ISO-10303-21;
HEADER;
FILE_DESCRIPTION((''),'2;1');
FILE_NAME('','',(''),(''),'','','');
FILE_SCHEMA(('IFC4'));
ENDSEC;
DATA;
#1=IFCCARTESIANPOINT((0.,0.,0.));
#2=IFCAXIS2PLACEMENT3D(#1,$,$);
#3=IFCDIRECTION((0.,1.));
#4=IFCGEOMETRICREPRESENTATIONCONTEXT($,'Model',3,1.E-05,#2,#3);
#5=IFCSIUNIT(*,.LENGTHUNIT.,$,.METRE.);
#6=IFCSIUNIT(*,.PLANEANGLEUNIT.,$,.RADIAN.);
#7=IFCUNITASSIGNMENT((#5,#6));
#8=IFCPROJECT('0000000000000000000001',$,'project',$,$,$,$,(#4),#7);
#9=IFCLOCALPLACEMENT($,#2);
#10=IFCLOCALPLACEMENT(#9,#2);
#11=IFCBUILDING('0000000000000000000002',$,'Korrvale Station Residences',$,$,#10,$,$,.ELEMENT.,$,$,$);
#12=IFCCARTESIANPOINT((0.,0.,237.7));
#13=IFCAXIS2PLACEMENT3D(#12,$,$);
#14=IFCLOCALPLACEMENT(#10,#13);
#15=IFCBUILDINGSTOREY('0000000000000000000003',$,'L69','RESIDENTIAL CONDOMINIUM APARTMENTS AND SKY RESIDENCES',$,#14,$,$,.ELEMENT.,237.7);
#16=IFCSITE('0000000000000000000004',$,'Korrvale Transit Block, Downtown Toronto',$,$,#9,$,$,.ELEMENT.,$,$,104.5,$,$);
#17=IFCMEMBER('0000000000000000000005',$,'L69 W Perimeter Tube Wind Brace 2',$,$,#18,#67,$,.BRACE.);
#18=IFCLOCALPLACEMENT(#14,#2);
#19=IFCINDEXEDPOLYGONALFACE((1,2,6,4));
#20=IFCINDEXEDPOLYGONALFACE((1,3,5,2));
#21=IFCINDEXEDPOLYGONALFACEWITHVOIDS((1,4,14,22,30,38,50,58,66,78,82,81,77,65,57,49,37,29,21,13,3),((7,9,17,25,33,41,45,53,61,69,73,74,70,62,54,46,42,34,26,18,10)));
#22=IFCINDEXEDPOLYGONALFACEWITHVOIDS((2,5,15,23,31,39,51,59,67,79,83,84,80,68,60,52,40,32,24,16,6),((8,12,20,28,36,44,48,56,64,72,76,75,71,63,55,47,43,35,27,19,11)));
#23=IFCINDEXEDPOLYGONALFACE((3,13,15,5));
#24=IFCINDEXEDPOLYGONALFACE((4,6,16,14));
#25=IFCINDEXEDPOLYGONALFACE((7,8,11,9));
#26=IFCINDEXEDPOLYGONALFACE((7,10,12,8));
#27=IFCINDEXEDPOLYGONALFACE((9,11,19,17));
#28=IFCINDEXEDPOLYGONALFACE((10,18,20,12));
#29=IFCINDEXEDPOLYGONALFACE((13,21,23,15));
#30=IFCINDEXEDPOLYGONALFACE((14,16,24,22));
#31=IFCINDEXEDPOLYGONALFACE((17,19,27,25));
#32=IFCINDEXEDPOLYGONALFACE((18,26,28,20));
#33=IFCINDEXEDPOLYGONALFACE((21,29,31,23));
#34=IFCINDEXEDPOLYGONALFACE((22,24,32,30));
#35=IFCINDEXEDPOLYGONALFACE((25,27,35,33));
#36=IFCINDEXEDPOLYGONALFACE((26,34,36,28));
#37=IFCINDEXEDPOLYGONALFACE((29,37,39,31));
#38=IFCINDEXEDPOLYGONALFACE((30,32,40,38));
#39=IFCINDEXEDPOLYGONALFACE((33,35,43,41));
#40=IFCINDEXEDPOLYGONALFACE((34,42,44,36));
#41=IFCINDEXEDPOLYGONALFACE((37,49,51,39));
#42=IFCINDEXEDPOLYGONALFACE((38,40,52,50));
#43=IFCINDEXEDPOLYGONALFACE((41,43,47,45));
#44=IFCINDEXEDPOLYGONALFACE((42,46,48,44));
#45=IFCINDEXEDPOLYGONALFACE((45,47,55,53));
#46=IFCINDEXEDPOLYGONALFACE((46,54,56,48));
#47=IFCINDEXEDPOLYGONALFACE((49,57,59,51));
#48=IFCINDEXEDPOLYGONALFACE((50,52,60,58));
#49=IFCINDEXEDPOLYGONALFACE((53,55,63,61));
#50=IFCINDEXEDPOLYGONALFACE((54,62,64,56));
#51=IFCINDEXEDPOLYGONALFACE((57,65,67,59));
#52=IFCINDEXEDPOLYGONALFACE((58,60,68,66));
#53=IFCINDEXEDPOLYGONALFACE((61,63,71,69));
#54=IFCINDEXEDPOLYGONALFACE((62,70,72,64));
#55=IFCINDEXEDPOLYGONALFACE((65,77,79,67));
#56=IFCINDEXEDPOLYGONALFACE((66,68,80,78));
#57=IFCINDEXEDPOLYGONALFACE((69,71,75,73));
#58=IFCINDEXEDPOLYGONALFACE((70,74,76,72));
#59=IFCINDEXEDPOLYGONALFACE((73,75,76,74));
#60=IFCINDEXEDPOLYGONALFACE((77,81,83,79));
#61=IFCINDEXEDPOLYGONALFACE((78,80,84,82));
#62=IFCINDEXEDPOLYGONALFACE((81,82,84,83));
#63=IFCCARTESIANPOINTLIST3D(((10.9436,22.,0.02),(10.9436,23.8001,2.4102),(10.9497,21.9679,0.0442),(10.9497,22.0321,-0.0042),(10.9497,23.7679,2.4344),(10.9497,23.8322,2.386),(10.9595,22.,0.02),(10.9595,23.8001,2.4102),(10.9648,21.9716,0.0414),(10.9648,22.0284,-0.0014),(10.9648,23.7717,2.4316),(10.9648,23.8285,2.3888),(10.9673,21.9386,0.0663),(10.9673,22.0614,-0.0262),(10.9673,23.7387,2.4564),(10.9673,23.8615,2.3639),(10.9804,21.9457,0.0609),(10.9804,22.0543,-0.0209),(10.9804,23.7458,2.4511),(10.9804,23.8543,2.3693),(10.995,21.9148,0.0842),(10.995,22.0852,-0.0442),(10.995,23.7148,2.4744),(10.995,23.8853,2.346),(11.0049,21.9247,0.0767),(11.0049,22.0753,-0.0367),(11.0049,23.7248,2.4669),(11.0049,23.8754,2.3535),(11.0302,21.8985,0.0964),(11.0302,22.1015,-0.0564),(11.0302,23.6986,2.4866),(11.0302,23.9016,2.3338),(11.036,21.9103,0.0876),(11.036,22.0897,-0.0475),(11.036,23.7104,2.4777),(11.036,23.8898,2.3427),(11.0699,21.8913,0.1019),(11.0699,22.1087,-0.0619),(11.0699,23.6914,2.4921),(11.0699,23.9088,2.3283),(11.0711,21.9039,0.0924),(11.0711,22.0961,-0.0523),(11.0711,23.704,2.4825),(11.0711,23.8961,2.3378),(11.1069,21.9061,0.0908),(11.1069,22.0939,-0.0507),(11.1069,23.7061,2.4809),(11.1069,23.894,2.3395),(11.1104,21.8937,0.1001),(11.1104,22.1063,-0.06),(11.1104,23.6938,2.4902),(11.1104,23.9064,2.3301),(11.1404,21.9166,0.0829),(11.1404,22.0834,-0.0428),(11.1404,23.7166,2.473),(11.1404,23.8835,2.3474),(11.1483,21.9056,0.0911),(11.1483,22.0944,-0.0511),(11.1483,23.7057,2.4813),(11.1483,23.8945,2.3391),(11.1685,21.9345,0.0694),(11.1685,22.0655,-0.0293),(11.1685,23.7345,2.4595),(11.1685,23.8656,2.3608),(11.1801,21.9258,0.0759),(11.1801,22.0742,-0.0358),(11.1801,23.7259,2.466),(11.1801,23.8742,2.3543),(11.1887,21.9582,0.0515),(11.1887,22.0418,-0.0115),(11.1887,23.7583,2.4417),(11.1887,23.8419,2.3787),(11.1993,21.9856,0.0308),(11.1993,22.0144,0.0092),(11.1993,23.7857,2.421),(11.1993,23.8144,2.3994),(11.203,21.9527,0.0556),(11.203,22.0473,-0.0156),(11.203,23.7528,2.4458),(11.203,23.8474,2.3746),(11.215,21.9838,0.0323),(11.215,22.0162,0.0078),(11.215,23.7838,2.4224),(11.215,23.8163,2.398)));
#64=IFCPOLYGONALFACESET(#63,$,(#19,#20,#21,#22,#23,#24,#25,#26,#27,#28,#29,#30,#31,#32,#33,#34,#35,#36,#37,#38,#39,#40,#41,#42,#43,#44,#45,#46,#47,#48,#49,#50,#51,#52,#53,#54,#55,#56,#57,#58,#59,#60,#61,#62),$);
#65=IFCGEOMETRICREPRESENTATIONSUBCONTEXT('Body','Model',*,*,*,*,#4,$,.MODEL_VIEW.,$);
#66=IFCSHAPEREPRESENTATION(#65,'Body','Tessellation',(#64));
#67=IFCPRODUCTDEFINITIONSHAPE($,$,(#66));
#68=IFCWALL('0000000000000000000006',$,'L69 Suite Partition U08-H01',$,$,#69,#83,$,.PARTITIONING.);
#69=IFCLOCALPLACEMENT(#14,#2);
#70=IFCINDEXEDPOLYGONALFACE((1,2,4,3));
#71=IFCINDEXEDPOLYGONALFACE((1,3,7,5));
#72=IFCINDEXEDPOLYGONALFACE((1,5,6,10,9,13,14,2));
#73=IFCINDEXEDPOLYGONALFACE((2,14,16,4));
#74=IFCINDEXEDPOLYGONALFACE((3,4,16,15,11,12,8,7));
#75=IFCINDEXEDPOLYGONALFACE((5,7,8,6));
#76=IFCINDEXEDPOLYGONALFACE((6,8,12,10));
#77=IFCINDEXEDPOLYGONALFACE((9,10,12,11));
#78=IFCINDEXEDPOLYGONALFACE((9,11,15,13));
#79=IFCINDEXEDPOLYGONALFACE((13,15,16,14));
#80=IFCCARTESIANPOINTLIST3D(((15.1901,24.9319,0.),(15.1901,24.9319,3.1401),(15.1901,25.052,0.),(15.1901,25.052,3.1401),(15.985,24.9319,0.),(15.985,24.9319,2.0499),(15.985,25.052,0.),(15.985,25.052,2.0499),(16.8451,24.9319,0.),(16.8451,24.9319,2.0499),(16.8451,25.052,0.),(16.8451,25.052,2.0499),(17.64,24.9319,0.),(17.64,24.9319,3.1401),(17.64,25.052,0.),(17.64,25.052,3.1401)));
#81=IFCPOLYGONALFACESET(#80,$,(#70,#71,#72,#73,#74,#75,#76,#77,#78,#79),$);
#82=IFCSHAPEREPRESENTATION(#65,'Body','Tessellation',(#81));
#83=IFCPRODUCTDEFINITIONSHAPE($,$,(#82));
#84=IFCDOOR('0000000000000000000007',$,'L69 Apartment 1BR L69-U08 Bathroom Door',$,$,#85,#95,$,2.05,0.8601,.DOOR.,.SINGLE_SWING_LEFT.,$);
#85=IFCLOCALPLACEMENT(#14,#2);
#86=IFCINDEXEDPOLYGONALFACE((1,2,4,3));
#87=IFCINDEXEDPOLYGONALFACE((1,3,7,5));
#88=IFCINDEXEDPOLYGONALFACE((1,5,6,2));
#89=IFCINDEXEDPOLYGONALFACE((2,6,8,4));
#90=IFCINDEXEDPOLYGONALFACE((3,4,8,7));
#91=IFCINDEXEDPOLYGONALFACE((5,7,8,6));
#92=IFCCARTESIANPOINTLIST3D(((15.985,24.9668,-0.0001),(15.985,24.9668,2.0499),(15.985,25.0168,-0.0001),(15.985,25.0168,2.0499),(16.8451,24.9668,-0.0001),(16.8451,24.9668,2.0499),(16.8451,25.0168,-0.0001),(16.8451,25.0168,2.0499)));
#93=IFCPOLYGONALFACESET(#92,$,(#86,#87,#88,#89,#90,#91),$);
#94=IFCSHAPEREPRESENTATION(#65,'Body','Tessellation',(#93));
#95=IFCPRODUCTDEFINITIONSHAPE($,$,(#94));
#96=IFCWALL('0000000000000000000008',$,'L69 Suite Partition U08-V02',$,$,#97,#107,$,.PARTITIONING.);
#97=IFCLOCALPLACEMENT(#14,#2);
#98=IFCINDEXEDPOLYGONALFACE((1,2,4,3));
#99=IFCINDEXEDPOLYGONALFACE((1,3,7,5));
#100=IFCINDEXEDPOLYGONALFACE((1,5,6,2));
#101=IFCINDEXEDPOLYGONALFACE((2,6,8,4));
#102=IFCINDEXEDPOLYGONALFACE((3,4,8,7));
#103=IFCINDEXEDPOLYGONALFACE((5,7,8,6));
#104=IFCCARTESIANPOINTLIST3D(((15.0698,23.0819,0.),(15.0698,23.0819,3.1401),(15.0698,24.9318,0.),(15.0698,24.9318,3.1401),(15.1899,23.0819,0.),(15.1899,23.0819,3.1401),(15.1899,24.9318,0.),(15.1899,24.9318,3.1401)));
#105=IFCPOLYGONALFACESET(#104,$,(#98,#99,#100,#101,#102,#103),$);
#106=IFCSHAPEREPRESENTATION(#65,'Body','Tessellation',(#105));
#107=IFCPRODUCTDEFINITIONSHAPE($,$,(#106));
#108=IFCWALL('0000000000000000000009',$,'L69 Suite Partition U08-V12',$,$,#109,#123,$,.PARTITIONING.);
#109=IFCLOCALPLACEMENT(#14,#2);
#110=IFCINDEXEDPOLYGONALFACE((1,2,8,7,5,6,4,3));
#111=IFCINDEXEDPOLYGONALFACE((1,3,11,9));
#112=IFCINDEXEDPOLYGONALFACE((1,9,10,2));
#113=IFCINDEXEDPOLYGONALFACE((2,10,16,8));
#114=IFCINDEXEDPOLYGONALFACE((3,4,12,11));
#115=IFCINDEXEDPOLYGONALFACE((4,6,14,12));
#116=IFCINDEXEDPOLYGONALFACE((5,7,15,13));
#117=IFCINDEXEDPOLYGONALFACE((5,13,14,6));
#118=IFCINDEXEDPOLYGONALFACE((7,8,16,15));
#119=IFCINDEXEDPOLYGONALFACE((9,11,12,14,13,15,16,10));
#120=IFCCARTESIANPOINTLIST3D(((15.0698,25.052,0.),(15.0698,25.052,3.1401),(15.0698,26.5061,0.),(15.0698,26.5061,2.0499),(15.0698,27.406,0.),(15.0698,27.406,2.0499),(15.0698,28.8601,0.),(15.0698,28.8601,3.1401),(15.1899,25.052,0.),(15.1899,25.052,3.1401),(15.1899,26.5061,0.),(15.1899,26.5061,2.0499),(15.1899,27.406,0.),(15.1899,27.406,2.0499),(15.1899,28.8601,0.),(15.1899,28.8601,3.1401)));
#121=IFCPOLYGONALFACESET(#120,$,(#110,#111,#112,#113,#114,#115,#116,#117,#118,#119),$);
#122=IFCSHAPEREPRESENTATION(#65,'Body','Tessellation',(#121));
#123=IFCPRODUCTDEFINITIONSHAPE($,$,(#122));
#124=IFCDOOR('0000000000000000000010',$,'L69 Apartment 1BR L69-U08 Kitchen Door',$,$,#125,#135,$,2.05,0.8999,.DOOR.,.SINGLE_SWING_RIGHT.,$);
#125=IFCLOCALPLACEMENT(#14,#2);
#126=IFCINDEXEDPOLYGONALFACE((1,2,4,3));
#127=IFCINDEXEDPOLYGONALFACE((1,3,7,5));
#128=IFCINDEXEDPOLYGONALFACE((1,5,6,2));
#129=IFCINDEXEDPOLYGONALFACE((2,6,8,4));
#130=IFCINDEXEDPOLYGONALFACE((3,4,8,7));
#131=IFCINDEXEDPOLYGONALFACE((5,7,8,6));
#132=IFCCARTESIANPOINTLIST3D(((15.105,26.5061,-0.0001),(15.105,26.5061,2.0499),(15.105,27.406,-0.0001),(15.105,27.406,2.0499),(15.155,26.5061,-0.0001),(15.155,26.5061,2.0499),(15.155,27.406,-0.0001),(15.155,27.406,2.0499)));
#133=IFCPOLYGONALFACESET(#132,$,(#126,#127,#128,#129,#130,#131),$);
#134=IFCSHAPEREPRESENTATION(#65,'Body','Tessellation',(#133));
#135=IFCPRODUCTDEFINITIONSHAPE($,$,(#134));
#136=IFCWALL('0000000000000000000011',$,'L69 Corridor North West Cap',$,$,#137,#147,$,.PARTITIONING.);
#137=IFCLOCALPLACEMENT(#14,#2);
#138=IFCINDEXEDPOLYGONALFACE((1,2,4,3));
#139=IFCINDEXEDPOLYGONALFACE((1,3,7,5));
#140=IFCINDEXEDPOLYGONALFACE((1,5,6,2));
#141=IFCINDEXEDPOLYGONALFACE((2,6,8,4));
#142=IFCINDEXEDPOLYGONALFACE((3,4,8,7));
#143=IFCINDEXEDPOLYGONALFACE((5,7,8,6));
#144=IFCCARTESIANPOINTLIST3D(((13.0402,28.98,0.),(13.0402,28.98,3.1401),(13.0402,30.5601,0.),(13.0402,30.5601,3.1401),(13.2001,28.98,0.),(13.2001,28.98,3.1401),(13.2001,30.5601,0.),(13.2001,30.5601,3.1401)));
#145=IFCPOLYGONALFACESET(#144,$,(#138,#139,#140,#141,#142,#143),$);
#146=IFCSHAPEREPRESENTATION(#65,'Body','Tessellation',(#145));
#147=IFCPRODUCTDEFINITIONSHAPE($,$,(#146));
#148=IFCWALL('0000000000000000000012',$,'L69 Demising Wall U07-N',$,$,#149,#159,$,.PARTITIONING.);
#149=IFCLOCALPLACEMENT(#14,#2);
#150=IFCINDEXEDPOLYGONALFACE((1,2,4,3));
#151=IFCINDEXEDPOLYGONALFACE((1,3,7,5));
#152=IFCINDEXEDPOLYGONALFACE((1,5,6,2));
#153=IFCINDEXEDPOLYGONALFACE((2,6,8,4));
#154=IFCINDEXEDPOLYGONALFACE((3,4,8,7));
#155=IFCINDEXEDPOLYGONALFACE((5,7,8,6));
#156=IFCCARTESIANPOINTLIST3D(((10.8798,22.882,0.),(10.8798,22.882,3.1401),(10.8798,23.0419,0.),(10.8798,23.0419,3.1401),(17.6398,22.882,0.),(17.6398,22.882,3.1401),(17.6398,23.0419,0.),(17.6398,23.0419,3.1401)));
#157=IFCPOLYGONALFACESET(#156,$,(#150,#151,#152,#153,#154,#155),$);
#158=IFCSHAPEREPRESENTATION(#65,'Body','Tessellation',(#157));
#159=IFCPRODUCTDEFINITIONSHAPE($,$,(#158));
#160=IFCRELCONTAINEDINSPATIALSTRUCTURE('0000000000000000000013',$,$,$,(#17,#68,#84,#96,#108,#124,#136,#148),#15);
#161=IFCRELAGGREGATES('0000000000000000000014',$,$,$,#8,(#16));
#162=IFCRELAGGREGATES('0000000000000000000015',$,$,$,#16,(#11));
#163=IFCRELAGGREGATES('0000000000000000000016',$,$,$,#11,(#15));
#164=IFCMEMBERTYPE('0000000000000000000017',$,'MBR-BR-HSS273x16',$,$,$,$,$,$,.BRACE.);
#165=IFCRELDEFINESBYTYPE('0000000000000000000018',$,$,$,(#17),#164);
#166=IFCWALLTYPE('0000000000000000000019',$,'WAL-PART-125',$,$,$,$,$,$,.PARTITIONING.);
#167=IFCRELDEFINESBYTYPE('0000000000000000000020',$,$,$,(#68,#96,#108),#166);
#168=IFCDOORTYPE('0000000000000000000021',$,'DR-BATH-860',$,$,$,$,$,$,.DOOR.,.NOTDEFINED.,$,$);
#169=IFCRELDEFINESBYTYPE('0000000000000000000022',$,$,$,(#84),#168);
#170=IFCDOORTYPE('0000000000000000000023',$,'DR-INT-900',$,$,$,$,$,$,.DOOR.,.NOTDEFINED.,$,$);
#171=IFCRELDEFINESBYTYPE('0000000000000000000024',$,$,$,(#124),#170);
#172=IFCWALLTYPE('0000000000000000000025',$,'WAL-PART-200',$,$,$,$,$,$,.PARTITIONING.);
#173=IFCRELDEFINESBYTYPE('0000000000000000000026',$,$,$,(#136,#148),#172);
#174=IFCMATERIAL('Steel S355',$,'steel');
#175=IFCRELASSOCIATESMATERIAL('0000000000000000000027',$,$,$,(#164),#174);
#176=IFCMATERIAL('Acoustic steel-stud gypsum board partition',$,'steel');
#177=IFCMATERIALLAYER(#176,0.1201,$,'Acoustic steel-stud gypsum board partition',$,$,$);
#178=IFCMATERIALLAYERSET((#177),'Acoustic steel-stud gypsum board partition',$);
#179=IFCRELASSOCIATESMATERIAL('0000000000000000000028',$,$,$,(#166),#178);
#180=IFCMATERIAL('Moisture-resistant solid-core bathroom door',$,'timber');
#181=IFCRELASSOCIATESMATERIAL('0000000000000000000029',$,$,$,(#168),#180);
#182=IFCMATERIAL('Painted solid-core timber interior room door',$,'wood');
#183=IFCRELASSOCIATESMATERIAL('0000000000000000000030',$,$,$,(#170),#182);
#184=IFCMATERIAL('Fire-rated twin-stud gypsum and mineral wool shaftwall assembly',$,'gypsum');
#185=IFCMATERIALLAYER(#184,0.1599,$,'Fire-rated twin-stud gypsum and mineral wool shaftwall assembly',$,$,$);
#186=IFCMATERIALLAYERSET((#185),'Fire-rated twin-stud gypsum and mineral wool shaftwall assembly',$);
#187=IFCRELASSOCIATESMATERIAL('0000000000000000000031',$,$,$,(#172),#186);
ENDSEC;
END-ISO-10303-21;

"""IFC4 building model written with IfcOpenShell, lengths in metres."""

from ifc_helpers import new_model, si_unit, direction, frame, frame_2d, origin, origin_2d, place, context, subcontext, project, spatial, rectangle, hollow_circle, extrude, material, layer, layer_set, material_profile, profile_set, type_object, element, fill, save


model = new_model("IFC4")

# Units and contexts
model_context = context("Model", 3, precision=1e-05, world=origin(), true_north=direction((0.0, 1.0)))
body_context = subcontext(model_context, "Body", "Model", "MODEL_VIEW")
ifc_project = project(units=[si_unit("LENGTHUNIT", "METRE"), si_unit("PLANEANGLEUNIT", "RADIAN")], contexts=[model_context])

# Site, building, storey
site_placement = place(None, origin())
site = spatial("IfcSite", under=ifc_project, at=site_placement, Name="Korrvale Transit Block, Downtown Toronto", CompositionType="ELEMENT", RefElevation=104.5)
building_placement = place(site_placement, origin())
building = spatial("IfcBuilding", under=site, at=building_placement, Name="Korrvale Station Residences", CompositionType="ELEMENT")
storey_placement = place(building_placement, frame((0.0, 0.0, 237.7)))
storey = spatial("IfcBuildingStorey", under=building, at=storey_placement, Name="L69", Description="RESIDENTIAL CONDOMINIUM APARTMENTS AND SKY RESIDENCES", CompositionType="ELEMENT", Elevation=237.7)

# Shared definitions
ifc_material_1 = material(Name="Steel S355", Category="steel")

# Member
ifc_material_profile_1 = material_profile(ifc_material_1, hollow_circle(Radius=0.1365, WallThickness=0.0159, at=origin_2d()), Name="HSS273x16")
ifc_profile_set_1 = profile_set([ifc_material_profile_1], Name="Steel S355")
member_type = type_object("IfcMemberType", Name="MBR-BR-HSS273x16", PredefinedType="BRACE", material=ifc_profile_set_1)
for number, where, z_axis, x_axis, name in (
    (1, (11.0801, 22.0, 0.02), (0.0, 0.601592, 0.798804), (-1.0, 0.0, 0.0), "L69 W Perimeter Tube Wind Brace 2"),
):
    element("IfcMember", number, at=place(storey_placement, frame(where, z_axis=z_axis, x_axis=x_axis)), inside=storey, type_object=member_type, Name=name, PredefinedType="BRACE", context=body_context, shape_type="SweptSolid", body=[
        extrude(hollow_circle(Radius=0.1365, WallThickness=0.0159, at=origin_2d()), origin(), (0.0, 0.0, 1.0), 2.9922),
    ])

# Wall, opening, door
ifc_material_2 = material(Name="Acoustic steel-stud gypsum board partition", Category="steel")
ifc_layer_1 = layer(ifc_material_2, 0.1201, Name="Acoustic steel-stud gypsum board partition")
ifc_layer_set_1 = layer_set([ifc_layer_1], Name="Acoustic steel-stud gypsum board partition")
wall_type_1 = type_object("IfcWallType", Name="WAL-PART-125", PredefinedType="PARTITIONING", material=ifc_layer_set_1)
wall_1_placement = place(storey_placement, frame((15.1899, 24.9919, 0.0), z_axis=(0.0, 0.0, 1.0), x_axis=(1.0, 0.0, 0.0)))
wall_1 = element("IfcWall", 2, at=wall_1_placement, inside=storey, type_object=wall_type_1, Name="L69 Suite Partition U08-H01", PredefinedType="PARTITIONING", context=body_context, shape_type="SweptSolid", body=[
    extrude(rectangle(XDim=2.45, YDim=0.1201, at=frame_2d((1.2251, 0.0))), origin(), (0.0, 0.0, 1.0), 3.1401),
])
opening_1_placement = place(wall_1_placement, frame((0.7949, 0.0, 0.0)))
opening_1 = element("IfcOpeningElement", 3, at=opening_1_placement, cuts=wall_1, PredefinedType="OPENING", context=body_context, shape_type="SweptSolid", body=[
    extrude(rectangle(XDim=0.8601, YDim=2.05, at=frame_2d((0.4302, 1.0249))), frame((0.0, 0.0701, 0.0), z_axis=(0.0, -1.0, 0.0), x_axis=(1.0, 0.0, 0.0)), (0.0, 0.0, 1.0), 0.1401),
])
ifc_material_3 = material(Name="Moisture-resistant solid-core bathroom door", Category="timber")
door_type_1 = type_object("IfcDoorType", Name="DR-BATH-860", OperationType="NOTDEFINED", PredefinedType="DOOR", material=ifc_material_3)
door_1_placement = place(opening_1_placement, origin())
door_1 = element("IfcDoor", 4, at=door_1_placement, inside=storey, type_object=door_type_1, Name="L69 Apartment 1BR L69-U08 Bathroom Door", OperationType="SINGLE_SWING_LEFT", OverallHeight=2.05, OverallWidth=0.8601, PredefinedType="DOOR", context=body_context, shape_type="SweptSolid", body=[
    extrude(rectangle(XDim=0.8601, YDim=2.05, at=frame_2d((0.4302, 1.0249))), frame((0.0, 0.0249, 0.0), z_axis=(0.0, -1.0, 0.0), x_axis=(1.0, 0.0, 0.0)), (0.0, 0.0, 1.0), 0.05),
])
fill(opening_1, door_1)

# Wall
wall_2_placement = place(storey_placement, frame((15.1299, 23.082, 0.0), z_axis=(0.0, 0.0, 1.0), x_axis=(0.0, 1.0, 0.0)))
element("IfcWall", 5, at=wall_2_placement, inside=storey, type_object=wall_type_1, Name="L69 Suite Partition U08-V02", PredefinedType="PARTITIONING", context=body_context, shape_type="SweptSolid", body=[
    extrude(rectangle(XDim=1.8499, YDim=0.1201, at=frame_2d((0.9248, 0.0))), origin(), (0.0, 0.0, 1.0), 3.1401),
])

# Wall, opening, door
wall_3_placement = place(storey_placement, frame((15.1299, 25.052, 0.0), z_axis=(0.0, 0.0, 1.0), x_axis=(0.0, 1.0, 0.0)))
wall_3 = element("IfcWall", 6, at=wall_3_placement, inside=storey, type_object=wall_type_1, Name="L69 Suite Partition U08-V12", PredefinedType="PARTITIONING", context=body_context, shape_type="SweptSolid", body=[
    extrude(rectangle(XDim=3.8081, YDim=0.1201, at=frame_2d((1.9041, 0.0))), origin(), (0.0, 0.0, 1.0), 3.1401),
])
opening_2_placement = place(wall_3_placement, frame((1.4541, 0.0, 0.0)))
opening_2 = element("IfcOpeningElement", 7, at=opening_2_placement, cuts=wall_3, PredefinedType="OPENING", context=body_context, shape_type="SweptSolid", body=[
    extrude(rectangle(XDim=0.8999, YDim=2.05, at=frame_2d((0.45, 1.0249))), frame((0.0, 0.0701, 0.0), z_axis=(0.0, -1.0, 0.0), x_axis=(1.0, 0.0, 0.0)), (0.0, 0.0, 1.0), 0.1401),
])
ifc_material_4 = material(Name="Painted solid-core timber interior room door", Category="wood")
door_type_2 = type_object("IfcDoorType", Name="DR-INT-900", OperationType="NOTDEFINED", PredefinedType="DOOR", material=ifc_material_4)
door_2_placement = place(opening_2_placement, origin())
door_2 = element("IfcDoor", 8, at=door_2_placement, inside=storey, type_object=door_type_2, Name="L69 Apartment 1BR L69-U08 Kitchen Door", OperationType="SINGLE_SWING_RIGHT", OverallHeight=2.05, OverallWidth=0.8999, PredefinedType="DOOR", context=body_context, shape_type="SweptSolid", body=[
    extrude(rectangle(XDim=0.8999, YDim=2.05, at=frame_2d((0.45, 1.0249))), frame((0.0, 0.0249, 0.0), z_axis=(0.0, -1.0, 0.0), x_axis=(1.0, 0.0, 0.0)), (0.0, 0.0, 1.0), 0.05),
])
fill(opening_2, door_2)

# Walls
ifc_material_5 = material(Name="Fire-rated twin-stud gypsum and mineral wool shaftwall assembly", Category="gypsum")
ifc_layer_2 = layer(ifc_material_5, 0.1599, Name="Fire-rated twin-stud gypsum and mineral wool shaftwall assembly")
ifc_layer_set_2 = layer_set([ifc_layer_2], Name="Fire-rated twin-stud gypsum and mineral wool shaftwall assembly")
wall_type_2 = type_object("IfcWallType", Name="WAL-PART-200", PredefinedType="PARTITIONING", material=ifc_layer_set_2)
wall_4_placement = place(storey_placement, frame((13.1201, 28.98, 0.0), z_axis=(0.0, 0.0, 1.0), x_axis=(0.0, 1.0, 0.0)))
element("IfcWall", 9, at=wall_4_placement, inside=storey, type_object=wall_type_2, Name="L69 Corridor North West Cap", PredefinedType="PARTITIONING", context=body_context, shape_type="SweptSolid", body=[
    extrude(rectangle(XDim=1.5801, YDim=0.1599, at=frame_2d((0.79, 0.0))), origin(), (0.0, 0.0, 1.0), 3.1401),
])
wall_5_placement = place(storey_placement, frame((10.8799, 22.9619, 0.0), z_axis=(0.0, 0.0, 1.0), x_axis=(1.0, 0.0, 0.0)))
element("IfcWall", 10, at=wall_5_placement, inside=storey, type_object=wall_type_2, Name="L69 Demising Wall U07-N", PredefinedType="PARTITIONING", context=body_context, shape_type="SweptSolid", body=[
    extrude(rectangle(XDim=6.76, YDim=0.1599, at=frame_2d((3.3799, 0.0))), origin(), (0.0, 0.0, 1.0), 3.1401),
])

save(model, "model.ifc")
